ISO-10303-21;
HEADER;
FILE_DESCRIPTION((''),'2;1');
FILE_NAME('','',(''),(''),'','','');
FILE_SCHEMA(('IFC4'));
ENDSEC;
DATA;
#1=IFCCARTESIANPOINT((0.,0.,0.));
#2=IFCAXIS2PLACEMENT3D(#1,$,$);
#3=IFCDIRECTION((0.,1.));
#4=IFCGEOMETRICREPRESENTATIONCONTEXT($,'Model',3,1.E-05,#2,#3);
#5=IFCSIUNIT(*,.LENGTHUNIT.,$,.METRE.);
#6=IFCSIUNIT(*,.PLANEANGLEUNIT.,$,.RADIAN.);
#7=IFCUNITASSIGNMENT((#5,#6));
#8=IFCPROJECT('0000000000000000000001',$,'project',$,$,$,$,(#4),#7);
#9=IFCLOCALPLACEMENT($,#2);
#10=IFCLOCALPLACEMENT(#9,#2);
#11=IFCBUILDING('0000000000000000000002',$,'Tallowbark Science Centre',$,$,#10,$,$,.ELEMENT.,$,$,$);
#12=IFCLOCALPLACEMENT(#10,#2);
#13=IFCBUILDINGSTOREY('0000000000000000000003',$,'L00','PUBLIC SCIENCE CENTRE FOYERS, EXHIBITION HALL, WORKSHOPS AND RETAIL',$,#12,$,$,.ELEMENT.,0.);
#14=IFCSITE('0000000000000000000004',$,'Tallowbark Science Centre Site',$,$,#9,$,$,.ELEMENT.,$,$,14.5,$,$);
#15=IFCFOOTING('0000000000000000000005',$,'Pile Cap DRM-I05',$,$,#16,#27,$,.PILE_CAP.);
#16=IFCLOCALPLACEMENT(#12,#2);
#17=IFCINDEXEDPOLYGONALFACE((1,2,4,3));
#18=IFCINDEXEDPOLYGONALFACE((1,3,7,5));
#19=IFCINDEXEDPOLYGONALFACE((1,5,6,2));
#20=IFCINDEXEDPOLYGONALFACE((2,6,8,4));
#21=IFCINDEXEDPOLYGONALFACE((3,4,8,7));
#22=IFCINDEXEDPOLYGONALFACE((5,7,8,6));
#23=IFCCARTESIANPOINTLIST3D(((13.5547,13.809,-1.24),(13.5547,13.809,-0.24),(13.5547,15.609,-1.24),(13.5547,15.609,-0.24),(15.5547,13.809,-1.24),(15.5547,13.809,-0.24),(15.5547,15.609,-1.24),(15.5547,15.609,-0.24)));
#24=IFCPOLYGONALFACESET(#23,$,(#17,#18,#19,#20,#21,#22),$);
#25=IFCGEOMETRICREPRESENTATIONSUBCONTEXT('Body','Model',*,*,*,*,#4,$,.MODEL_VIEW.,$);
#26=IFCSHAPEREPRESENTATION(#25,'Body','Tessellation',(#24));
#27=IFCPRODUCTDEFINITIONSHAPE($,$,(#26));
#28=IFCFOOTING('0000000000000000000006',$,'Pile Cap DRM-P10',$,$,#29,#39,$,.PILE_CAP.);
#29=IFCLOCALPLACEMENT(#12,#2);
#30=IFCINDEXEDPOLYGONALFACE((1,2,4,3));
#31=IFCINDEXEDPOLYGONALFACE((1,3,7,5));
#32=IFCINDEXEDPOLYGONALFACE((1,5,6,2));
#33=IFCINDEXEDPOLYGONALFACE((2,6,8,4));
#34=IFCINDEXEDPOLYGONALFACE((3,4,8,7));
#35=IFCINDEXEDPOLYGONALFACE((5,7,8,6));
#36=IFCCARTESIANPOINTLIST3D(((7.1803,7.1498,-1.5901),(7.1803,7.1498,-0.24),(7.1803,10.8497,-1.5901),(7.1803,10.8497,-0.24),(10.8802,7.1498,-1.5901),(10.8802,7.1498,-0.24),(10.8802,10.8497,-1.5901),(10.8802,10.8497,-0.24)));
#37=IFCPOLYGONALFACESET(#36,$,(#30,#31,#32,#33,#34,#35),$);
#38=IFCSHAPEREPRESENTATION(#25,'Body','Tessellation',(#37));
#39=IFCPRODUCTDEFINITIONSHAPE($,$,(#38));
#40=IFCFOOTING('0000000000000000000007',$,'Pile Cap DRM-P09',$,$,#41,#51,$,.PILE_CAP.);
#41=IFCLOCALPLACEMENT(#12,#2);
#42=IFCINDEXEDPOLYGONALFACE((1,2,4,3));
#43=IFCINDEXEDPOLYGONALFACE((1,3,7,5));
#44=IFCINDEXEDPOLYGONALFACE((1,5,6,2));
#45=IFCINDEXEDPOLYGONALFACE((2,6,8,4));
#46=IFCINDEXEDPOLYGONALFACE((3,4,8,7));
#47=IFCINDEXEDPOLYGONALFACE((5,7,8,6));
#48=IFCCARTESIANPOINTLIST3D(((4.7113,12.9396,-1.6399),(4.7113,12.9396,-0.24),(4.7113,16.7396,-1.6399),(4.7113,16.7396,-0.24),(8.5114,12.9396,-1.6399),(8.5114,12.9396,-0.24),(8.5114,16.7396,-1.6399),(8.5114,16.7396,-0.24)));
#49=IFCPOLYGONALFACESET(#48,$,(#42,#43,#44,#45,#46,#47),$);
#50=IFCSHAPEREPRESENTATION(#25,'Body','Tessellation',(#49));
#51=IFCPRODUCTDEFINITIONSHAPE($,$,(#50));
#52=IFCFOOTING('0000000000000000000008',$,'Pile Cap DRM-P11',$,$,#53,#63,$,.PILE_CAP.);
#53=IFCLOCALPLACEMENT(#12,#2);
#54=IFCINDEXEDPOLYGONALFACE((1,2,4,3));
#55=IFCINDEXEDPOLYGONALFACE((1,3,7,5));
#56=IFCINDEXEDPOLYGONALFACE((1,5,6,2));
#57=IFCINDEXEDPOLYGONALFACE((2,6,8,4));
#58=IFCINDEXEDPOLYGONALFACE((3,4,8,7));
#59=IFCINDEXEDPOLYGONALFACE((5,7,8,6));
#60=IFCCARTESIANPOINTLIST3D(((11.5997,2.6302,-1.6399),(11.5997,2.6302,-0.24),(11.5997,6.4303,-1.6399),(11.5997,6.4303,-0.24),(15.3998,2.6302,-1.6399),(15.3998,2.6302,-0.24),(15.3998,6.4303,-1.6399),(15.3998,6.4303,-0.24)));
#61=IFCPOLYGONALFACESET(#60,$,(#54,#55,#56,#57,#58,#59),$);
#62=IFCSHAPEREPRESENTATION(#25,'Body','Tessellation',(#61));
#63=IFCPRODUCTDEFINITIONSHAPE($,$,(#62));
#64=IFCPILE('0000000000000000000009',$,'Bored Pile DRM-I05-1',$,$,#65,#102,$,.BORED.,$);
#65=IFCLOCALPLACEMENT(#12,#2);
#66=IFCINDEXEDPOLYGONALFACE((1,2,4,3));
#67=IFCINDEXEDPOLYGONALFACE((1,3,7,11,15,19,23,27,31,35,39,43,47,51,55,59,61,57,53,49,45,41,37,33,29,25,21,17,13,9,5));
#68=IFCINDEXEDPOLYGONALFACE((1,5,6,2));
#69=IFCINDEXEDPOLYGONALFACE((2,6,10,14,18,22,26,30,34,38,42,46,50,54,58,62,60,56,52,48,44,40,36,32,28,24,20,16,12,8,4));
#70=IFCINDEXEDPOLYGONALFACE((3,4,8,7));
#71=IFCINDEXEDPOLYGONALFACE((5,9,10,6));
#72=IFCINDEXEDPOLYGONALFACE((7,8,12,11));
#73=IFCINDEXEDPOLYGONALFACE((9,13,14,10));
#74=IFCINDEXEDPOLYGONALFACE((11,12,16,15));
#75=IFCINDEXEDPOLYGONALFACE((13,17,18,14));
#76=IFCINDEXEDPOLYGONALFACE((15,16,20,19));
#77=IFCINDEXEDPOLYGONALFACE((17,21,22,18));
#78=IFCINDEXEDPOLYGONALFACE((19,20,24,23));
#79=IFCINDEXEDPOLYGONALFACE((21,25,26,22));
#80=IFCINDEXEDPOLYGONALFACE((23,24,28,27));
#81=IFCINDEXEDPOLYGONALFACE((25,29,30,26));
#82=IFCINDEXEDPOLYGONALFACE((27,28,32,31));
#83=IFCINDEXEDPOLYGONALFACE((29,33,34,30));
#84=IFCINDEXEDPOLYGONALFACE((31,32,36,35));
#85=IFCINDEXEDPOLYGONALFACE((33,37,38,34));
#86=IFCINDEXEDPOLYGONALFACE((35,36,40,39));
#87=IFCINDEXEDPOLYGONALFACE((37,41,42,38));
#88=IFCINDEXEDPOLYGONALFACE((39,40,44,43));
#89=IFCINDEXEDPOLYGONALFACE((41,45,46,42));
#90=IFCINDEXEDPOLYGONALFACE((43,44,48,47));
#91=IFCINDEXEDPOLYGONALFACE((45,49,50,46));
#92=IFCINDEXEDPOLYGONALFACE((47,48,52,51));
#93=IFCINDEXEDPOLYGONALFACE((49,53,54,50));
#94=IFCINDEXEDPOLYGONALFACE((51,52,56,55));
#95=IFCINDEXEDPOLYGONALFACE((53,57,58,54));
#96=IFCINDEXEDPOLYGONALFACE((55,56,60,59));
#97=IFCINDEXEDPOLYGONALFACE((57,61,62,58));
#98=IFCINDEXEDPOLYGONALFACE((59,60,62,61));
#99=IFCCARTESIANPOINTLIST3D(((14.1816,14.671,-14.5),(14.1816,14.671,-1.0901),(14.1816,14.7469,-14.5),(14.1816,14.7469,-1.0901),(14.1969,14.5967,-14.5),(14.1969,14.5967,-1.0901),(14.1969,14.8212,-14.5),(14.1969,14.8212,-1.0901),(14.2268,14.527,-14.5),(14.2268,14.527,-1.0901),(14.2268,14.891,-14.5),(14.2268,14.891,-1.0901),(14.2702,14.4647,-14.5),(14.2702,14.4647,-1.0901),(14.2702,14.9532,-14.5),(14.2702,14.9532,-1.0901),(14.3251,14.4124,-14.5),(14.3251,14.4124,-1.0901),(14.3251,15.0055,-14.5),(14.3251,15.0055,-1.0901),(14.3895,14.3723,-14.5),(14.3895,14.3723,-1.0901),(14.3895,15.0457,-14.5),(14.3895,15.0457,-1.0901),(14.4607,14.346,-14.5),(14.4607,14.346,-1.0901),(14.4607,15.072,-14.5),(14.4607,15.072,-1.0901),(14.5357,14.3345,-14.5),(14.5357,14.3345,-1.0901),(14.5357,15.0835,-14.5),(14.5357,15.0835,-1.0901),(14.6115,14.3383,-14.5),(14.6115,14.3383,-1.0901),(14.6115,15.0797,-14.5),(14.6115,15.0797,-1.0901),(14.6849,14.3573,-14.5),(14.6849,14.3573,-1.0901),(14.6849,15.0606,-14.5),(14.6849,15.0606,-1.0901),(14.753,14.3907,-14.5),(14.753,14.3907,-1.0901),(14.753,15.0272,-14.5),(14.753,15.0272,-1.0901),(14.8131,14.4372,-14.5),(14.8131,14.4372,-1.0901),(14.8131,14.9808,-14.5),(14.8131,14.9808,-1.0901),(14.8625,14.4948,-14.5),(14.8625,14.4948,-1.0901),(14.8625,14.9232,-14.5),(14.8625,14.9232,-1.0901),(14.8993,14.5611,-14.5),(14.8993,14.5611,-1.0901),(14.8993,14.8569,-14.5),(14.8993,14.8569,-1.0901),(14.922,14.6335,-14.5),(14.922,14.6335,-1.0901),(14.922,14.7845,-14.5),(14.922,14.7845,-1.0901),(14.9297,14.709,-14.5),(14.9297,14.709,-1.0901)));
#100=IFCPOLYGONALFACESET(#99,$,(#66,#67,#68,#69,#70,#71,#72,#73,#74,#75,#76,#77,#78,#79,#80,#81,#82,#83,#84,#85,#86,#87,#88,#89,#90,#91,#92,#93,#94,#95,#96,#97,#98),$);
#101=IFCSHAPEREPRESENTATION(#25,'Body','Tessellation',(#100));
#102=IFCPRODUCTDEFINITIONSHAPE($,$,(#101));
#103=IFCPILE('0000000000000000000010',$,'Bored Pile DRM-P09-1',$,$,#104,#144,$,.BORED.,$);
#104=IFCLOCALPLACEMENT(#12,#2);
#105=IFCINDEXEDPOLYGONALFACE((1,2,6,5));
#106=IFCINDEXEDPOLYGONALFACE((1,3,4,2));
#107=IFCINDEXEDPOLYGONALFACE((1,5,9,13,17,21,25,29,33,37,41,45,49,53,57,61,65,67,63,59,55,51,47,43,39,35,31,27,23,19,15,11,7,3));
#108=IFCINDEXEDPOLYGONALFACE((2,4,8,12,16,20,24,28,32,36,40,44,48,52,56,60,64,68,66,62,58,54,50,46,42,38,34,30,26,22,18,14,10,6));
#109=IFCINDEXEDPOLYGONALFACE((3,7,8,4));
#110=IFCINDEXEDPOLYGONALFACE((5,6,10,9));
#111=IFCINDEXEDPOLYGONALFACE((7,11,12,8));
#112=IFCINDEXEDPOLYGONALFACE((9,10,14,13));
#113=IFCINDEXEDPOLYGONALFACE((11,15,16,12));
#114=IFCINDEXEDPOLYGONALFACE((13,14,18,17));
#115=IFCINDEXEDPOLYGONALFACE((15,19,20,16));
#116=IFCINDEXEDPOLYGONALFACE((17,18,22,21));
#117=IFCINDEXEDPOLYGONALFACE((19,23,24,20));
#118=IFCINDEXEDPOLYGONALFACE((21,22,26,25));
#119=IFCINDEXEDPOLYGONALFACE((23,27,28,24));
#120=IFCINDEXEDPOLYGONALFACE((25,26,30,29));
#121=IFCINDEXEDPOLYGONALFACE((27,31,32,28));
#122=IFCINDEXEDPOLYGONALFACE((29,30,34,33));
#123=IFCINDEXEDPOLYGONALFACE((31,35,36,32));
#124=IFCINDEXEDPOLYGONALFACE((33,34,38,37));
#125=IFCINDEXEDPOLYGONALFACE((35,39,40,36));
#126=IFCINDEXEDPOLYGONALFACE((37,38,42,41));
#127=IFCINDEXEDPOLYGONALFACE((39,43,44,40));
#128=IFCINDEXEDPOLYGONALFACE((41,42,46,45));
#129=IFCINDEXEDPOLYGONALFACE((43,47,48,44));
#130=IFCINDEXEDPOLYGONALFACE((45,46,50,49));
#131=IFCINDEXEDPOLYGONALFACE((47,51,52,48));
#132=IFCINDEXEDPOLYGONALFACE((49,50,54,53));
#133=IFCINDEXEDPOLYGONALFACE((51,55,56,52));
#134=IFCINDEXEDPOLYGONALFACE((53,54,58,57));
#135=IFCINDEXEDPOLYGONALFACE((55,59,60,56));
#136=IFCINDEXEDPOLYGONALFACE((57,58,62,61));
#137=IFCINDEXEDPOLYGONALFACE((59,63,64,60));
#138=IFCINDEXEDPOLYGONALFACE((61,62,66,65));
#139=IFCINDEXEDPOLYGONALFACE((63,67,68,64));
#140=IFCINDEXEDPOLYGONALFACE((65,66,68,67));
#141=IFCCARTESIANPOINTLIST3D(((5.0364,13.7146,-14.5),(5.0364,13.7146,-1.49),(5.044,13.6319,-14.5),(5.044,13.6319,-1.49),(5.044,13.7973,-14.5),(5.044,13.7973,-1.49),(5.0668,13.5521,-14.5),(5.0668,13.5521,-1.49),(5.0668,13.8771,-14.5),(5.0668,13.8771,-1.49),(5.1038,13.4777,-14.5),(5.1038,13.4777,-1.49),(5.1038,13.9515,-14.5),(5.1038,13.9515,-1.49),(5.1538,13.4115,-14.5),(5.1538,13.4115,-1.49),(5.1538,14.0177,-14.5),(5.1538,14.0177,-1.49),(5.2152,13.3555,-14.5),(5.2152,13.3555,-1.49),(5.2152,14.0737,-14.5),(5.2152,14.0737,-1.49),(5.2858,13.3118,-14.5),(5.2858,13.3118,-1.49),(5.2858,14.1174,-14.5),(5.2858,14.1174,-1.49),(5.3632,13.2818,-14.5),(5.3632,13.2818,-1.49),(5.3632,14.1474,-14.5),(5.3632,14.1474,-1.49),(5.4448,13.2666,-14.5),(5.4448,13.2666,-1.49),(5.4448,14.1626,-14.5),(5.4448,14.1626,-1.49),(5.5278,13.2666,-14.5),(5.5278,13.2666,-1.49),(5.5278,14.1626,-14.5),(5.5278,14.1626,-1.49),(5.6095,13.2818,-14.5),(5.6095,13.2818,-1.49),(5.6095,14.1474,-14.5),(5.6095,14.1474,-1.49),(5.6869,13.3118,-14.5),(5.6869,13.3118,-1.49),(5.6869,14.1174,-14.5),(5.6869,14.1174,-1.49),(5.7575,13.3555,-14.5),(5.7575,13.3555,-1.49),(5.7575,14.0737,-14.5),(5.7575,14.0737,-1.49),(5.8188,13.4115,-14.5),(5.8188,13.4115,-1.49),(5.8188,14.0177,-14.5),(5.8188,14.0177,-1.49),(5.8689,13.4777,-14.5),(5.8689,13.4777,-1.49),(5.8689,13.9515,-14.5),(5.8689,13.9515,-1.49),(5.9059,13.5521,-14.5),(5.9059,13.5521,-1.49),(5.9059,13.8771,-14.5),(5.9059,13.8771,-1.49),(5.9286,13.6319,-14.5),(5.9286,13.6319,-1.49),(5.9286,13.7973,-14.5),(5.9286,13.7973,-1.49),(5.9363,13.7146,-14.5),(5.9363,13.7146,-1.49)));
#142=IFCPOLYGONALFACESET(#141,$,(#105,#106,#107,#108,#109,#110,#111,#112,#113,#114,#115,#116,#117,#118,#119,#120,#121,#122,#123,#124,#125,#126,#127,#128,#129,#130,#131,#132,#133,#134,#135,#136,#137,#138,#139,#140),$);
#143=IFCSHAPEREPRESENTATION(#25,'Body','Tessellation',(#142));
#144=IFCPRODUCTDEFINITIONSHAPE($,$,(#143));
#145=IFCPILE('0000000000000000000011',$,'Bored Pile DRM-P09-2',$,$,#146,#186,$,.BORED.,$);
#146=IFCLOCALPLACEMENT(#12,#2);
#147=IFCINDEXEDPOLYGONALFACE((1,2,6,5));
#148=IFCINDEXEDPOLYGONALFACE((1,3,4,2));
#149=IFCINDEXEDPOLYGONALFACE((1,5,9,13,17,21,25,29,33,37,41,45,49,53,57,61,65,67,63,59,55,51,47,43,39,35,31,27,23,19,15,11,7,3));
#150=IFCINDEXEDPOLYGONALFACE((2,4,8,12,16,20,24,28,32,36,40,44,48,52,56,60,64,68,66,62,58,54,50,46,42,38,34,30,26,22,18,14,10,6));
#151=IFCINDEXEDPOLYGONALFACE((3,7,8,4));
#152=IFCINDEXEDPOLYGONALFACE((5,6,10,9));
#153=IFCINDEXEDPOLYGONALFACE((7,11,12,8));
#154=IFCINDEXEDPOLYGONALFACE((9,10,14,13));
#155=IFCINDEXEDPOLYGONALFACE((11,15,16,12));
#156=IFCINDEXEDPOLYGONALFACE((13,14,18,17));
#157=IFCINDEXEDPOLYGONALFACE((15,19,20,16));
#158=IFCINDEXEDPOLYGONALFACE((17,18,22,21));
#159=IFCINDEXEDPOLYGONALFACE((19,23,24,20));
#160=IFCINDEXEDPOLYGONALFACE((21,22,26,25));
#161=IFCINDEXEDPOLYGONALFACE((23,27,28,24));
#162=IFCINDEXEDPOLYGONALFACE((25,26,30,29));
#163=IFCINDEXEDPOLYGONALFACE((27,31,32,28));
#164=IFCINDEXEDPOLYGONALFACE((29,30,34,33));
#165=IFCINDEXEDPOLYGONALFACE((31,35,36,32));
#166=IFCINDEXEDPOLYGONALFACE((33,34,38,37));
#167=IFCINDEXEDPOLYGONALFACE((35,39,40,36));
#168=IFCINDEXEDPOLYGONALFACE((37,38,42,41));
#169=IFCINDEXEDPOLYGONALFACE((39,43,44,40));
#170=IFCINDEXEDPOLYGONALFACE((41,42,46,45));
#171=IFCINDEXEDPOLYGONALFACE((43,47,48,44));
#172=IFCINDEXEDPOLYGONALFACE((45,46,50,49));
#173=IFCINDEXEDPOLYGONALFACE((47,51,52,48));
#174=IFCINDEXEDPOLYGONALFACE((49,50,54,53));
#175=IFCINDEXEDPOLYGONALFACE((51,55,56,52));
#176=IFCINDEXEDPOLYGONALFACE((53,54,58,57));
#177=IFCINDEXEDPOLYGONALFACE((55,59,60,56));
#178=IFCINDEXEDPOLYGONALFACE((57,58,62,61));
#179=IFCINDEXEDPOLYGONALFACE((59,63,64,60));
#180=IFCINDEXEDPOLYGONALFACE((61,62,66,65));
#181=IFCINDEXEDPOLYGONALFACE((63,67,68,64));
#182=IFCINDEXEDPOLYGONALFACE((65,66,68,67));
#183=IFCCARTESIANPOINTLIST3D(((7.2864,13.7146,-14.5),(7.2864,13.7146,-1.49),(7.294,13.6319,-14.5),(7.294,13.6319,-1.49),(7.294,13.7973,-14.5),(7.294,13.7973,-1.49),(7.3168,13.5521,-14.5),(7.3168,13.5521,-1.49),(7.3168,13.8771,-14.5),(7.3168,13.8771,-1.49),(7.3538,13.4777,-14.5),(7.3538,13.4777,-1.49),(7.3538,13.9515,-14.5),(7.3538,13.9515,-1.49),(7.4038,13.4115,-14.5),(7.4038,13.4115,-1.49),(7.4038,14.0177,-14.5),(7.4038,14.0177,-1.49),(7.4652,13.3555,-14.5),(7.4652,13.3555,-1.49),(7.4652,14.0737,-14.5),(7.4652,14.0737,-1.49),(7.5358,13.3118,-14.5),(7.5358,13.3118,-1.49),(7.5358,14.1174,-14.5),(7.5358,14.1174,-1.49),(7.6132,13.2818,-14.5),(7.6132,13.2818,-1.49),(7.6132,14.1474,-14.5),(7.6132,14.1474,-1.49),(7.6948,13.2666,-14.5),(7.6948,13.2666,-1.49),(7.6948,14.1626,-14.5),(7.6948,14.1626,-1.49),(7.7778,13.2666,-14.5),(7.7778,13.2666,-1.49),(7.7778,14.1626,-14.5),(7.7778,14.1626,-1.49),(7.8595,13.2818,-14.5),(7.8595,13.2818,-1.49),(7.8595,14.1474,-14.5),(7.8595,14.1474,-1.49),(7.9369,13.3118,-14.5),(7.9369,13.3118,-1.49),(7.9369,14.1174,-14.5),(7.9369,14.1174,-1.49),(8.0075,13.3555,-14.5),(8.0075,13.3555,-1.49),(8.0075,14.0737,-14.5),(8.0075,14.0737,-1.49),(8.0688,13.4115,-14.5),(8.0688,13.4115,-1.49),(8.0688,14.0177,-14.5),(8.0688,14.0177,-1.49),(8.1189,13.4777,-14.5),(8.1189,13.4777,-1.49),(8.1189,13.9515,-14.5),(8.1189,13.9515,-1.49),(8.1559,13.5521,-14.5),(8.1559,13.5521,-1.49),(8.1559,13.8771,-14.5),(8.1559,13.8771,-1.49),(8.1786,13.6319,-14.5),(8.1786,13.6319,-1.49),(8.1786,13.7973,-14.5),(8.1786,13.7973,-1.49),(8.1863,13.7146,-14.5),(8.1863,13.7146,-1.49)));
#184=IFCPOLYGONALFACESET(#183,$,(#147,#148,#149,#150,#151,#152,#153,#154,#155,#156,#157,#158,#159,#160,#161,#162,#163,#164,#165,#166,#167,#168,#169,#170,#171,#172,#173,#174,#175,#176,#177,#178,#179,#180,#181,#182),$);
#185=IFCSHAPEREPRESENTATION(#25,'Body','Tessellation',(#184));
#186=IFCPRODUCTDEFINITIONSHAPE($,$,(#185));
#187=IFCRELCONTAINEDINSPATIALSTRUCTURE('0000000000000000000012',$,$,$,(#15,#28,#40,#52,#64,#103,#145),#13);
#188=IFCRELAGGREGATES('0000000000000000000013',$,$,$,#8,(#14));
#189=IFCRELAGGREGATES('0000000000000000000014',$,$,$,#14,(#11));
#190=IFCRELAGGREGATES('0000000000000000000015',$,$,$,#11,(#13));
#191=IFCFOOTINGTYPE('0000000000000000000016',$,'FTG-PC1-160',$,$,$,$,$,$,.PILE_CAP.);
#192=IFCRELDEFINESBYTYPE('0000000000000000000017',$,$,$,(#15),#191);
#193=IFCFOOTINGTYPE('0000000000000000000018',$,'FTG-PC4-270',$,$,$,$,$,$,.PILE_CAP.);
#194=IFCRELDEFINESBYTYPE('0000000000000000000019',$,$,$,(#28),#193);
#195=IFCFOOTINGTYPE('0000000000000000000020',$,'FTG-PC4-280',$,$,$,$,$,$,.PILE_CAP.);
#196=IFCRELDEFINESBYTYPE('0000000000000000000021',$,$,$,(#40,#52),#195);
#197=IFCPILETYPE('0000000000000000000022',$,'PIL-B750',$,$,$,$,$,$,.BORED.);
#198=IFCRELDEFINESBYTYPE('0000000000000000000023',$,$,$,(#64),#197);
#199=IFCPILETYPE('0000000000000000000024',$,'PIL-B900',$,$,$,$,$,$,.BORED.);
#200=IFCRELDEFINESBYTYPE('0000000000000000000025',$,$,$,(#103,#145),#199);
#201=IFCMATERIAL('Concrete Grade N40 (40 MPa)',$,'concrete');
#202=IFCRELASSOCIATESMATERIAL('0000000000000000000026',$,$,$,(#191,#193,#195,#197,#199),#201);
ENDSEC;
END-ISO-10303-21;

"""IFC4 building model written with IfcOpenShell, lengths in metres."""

from ifc_helpers import new_model, si_unit, direction, frame, origin, origin_2d, place, context, subcontext, project, spatial, rectangle, circle, extrude, material, material_profile, profile_set, type_object, element, save


model = new_model("IFC4")

# Units and contexts
model_context = context("Model", 3, precision=1e-05, world=origin(), true_north=direction((0.0, 1.0)))
body_context = subcontext(model_context, "Body", "Model", "MODEL_VIEW")
ifc_project = project(units=[si_unit("LENGTHUNIT", "METRE"), si_unit("PLANEANGLEUNIT", "RADIAN")], contexts=[model_context])

# Site, building, storey
site_placement = place(None, origin())
site = spatial("IfcSite", under=ifc_project, at=site_placement, Name="Tallowbark Science Centre Site", CompositionType="ELEMENT", RefElevation=14.5)
building_placement = place(site_placement, origin())
building = spatial("IfcBuilding", under=site, at=building_placement, Name="Tallowbark Science Centre", CompositionType="ELEMENT")
storey_placement = place(building_placement, origin())
storey = spatial("IfcBuildingStorey", under=building, at=storey_placement, Name="L00", Description="PUBLIC SCIENCE CENTRE FOYERS, EXHIBITION HALL, WORKSHOPS AND RETAIL", CompositionType="ELEMENT", Elevation=0.0)

# Footings
ifc_material_1 = material(Name="Concrete Grade N40 (40 MPa)", Category="concrete")
footing_type_1 = type_object("IfcFootingType", Name="FTG-PC1-160", PredefinedType="PILE_CAP", material=ifc_material_1)
footing_1_placement = place(storey_placement, frame((14.5547, 14.709, -1.24), z_axis=(0.0, 0.0, 1.0), x_axis=(1.0, 0.0, 0.0)))
element("IfcFooting", 1, at=footing_1_placement, inside=storey, type_object=footing_type_1, Name="Pile Cap DRM-I05", PredefinedType="PILE_CAP", context=body_context, shape_type="SweptSolid", body=[
    extrude(rectangle(XDim=2.0, YDim=1.8, at=origin_2d()), origin(), (0.0, 0.0, 1.0), 1.0),
])
footing_type_2 = type_object("IfcFootingType", Name="FTG-PC4-270", PredefinedType="PILE_CAP", material=ifc_material_1)
footing_2_placement = place(storey_placement, frame((9.0303, 8.9998, -1.5901), z_axis=(0.0, 0.0, 1.0), x_axis=(1.0, 0.0, 0.0)))
element("IfcFooting", 2, at=footing_2_placement, inside=storey, type_object=footing_type_2, Name="Pile Cap DRM-P10", PredefinedType="PILE_CAP", context=body_context, shape_type="SweptSolid", body=[
    extrude(rectangle(XDim=3.7, YDim=3.7, at=origin_2d()), origin(), (0.0, 0.0, 1.0), 1.3501),
])
footing_type_3 = type_object("IfcFootingType", Name="FTG-PC4-280", PredefinedType="PILE_CAP", material=ifc_material_1)
for number, where, z_axis, x_axis, name in (
    (3, (6.6113, 14.8396, -1.6399), (0.0, 0.0, 1.0), (1.0, 0.0, 0.0), "Pile Cap DRM-P09"),
    (4, (13.4998, 4.5303, -1.6399), (0.0, 0.0, 1.0), (1.0, 0.0, 0.0), "Pile Cap DRM-P11"),
):
    element("IfcFooting", number, at=place(storey_placement, frame(where, z_axis=z_axis, x_axis=x_axis)), inside=storey, type_object=footing_type_3, Name=name, PredefinedType="PILE_CAP", context=body_context, shape_type="SweptSolid", body=[
        extrude(rectangle(XDim=3.8, YDim=3.8, at=origin_2d()), origin(), (0.0, 0.0, 1.0), 1.3999),
    ])

# Piles
ifc_material_profile_1 = material_profile(ifc_material_1, circle(Radius=0.375, at=origin_2d()), Name="PILE750")
ifc_profile_set_1 = profile_set([ifc_material_profile_1], Name="Concrete Grade N40 (40 MPa)")
pile_type_1 = type_object("IfcPileType", Name="PIL-B750", PredefinedType="BORED", material=ifc_profile_set_1)
pile_1_placement = place(storey_placement, frame((14.5547, 14.709, -1.0901), z_axis=(0.0, 0.0, -1.0), x_axis=(1.0, 0.0, 0.0)))
element("IfcPile", 5, at=pile_1_placement, inside=storey, type_object=pile_type_1, Name="Bored Pile DRM-I05-1", PredefinedType="BORED", context=body_context, shape_type="SweptSolid", body=[
    extrude(circle(Radius=0.375, at=origin_2d()), origin(), (0.0, 0.0, 1.0), 13.4099),
])
ifc_material_profile_2 = material_profile(ifc_material_1, circle(Radius=0.45, at=origin_2d()), Name="PILE900")
ifc_profile_set_2 = profile_set([ifc_material_profile_2], Name="Concrete Grade N40 (40 MPa)")
pile_type_2 = type_object("IfcPileType", Name="PIL-B900", PredefinedType="BORED", material=ifc_profile_set_2)
for number, where, z_axis, x_axis, name in (
    (6, (5.4863, 13.7146, -1.49), (0.0, 0.0, -1.0), (1.0, 0.0, 0.0), "Bored Pile DRM-P09-1"),
    (7, (7.7363, 13.7146, -1.49), (0.0, 0.0, -1.0), (1.0, 0.0, 0.0), "Bored Pile DRM-P09-2"),
):
    element("IfcPile", number, at=place(storey_placement, frame(where, z_axis=z_axis, x_axis=x_axis)), inside=storey, type_object=pile_type_2, Name=name, PredefinedType="BORED", context=body_context, shape_type="SweptSolid", body=[
        extrude(circle(Radius=0.45, at=origin_2d()), origin(), (0.0, 0.0, 1.0), 13.01),
    ])

save(model, "model.ifc")
